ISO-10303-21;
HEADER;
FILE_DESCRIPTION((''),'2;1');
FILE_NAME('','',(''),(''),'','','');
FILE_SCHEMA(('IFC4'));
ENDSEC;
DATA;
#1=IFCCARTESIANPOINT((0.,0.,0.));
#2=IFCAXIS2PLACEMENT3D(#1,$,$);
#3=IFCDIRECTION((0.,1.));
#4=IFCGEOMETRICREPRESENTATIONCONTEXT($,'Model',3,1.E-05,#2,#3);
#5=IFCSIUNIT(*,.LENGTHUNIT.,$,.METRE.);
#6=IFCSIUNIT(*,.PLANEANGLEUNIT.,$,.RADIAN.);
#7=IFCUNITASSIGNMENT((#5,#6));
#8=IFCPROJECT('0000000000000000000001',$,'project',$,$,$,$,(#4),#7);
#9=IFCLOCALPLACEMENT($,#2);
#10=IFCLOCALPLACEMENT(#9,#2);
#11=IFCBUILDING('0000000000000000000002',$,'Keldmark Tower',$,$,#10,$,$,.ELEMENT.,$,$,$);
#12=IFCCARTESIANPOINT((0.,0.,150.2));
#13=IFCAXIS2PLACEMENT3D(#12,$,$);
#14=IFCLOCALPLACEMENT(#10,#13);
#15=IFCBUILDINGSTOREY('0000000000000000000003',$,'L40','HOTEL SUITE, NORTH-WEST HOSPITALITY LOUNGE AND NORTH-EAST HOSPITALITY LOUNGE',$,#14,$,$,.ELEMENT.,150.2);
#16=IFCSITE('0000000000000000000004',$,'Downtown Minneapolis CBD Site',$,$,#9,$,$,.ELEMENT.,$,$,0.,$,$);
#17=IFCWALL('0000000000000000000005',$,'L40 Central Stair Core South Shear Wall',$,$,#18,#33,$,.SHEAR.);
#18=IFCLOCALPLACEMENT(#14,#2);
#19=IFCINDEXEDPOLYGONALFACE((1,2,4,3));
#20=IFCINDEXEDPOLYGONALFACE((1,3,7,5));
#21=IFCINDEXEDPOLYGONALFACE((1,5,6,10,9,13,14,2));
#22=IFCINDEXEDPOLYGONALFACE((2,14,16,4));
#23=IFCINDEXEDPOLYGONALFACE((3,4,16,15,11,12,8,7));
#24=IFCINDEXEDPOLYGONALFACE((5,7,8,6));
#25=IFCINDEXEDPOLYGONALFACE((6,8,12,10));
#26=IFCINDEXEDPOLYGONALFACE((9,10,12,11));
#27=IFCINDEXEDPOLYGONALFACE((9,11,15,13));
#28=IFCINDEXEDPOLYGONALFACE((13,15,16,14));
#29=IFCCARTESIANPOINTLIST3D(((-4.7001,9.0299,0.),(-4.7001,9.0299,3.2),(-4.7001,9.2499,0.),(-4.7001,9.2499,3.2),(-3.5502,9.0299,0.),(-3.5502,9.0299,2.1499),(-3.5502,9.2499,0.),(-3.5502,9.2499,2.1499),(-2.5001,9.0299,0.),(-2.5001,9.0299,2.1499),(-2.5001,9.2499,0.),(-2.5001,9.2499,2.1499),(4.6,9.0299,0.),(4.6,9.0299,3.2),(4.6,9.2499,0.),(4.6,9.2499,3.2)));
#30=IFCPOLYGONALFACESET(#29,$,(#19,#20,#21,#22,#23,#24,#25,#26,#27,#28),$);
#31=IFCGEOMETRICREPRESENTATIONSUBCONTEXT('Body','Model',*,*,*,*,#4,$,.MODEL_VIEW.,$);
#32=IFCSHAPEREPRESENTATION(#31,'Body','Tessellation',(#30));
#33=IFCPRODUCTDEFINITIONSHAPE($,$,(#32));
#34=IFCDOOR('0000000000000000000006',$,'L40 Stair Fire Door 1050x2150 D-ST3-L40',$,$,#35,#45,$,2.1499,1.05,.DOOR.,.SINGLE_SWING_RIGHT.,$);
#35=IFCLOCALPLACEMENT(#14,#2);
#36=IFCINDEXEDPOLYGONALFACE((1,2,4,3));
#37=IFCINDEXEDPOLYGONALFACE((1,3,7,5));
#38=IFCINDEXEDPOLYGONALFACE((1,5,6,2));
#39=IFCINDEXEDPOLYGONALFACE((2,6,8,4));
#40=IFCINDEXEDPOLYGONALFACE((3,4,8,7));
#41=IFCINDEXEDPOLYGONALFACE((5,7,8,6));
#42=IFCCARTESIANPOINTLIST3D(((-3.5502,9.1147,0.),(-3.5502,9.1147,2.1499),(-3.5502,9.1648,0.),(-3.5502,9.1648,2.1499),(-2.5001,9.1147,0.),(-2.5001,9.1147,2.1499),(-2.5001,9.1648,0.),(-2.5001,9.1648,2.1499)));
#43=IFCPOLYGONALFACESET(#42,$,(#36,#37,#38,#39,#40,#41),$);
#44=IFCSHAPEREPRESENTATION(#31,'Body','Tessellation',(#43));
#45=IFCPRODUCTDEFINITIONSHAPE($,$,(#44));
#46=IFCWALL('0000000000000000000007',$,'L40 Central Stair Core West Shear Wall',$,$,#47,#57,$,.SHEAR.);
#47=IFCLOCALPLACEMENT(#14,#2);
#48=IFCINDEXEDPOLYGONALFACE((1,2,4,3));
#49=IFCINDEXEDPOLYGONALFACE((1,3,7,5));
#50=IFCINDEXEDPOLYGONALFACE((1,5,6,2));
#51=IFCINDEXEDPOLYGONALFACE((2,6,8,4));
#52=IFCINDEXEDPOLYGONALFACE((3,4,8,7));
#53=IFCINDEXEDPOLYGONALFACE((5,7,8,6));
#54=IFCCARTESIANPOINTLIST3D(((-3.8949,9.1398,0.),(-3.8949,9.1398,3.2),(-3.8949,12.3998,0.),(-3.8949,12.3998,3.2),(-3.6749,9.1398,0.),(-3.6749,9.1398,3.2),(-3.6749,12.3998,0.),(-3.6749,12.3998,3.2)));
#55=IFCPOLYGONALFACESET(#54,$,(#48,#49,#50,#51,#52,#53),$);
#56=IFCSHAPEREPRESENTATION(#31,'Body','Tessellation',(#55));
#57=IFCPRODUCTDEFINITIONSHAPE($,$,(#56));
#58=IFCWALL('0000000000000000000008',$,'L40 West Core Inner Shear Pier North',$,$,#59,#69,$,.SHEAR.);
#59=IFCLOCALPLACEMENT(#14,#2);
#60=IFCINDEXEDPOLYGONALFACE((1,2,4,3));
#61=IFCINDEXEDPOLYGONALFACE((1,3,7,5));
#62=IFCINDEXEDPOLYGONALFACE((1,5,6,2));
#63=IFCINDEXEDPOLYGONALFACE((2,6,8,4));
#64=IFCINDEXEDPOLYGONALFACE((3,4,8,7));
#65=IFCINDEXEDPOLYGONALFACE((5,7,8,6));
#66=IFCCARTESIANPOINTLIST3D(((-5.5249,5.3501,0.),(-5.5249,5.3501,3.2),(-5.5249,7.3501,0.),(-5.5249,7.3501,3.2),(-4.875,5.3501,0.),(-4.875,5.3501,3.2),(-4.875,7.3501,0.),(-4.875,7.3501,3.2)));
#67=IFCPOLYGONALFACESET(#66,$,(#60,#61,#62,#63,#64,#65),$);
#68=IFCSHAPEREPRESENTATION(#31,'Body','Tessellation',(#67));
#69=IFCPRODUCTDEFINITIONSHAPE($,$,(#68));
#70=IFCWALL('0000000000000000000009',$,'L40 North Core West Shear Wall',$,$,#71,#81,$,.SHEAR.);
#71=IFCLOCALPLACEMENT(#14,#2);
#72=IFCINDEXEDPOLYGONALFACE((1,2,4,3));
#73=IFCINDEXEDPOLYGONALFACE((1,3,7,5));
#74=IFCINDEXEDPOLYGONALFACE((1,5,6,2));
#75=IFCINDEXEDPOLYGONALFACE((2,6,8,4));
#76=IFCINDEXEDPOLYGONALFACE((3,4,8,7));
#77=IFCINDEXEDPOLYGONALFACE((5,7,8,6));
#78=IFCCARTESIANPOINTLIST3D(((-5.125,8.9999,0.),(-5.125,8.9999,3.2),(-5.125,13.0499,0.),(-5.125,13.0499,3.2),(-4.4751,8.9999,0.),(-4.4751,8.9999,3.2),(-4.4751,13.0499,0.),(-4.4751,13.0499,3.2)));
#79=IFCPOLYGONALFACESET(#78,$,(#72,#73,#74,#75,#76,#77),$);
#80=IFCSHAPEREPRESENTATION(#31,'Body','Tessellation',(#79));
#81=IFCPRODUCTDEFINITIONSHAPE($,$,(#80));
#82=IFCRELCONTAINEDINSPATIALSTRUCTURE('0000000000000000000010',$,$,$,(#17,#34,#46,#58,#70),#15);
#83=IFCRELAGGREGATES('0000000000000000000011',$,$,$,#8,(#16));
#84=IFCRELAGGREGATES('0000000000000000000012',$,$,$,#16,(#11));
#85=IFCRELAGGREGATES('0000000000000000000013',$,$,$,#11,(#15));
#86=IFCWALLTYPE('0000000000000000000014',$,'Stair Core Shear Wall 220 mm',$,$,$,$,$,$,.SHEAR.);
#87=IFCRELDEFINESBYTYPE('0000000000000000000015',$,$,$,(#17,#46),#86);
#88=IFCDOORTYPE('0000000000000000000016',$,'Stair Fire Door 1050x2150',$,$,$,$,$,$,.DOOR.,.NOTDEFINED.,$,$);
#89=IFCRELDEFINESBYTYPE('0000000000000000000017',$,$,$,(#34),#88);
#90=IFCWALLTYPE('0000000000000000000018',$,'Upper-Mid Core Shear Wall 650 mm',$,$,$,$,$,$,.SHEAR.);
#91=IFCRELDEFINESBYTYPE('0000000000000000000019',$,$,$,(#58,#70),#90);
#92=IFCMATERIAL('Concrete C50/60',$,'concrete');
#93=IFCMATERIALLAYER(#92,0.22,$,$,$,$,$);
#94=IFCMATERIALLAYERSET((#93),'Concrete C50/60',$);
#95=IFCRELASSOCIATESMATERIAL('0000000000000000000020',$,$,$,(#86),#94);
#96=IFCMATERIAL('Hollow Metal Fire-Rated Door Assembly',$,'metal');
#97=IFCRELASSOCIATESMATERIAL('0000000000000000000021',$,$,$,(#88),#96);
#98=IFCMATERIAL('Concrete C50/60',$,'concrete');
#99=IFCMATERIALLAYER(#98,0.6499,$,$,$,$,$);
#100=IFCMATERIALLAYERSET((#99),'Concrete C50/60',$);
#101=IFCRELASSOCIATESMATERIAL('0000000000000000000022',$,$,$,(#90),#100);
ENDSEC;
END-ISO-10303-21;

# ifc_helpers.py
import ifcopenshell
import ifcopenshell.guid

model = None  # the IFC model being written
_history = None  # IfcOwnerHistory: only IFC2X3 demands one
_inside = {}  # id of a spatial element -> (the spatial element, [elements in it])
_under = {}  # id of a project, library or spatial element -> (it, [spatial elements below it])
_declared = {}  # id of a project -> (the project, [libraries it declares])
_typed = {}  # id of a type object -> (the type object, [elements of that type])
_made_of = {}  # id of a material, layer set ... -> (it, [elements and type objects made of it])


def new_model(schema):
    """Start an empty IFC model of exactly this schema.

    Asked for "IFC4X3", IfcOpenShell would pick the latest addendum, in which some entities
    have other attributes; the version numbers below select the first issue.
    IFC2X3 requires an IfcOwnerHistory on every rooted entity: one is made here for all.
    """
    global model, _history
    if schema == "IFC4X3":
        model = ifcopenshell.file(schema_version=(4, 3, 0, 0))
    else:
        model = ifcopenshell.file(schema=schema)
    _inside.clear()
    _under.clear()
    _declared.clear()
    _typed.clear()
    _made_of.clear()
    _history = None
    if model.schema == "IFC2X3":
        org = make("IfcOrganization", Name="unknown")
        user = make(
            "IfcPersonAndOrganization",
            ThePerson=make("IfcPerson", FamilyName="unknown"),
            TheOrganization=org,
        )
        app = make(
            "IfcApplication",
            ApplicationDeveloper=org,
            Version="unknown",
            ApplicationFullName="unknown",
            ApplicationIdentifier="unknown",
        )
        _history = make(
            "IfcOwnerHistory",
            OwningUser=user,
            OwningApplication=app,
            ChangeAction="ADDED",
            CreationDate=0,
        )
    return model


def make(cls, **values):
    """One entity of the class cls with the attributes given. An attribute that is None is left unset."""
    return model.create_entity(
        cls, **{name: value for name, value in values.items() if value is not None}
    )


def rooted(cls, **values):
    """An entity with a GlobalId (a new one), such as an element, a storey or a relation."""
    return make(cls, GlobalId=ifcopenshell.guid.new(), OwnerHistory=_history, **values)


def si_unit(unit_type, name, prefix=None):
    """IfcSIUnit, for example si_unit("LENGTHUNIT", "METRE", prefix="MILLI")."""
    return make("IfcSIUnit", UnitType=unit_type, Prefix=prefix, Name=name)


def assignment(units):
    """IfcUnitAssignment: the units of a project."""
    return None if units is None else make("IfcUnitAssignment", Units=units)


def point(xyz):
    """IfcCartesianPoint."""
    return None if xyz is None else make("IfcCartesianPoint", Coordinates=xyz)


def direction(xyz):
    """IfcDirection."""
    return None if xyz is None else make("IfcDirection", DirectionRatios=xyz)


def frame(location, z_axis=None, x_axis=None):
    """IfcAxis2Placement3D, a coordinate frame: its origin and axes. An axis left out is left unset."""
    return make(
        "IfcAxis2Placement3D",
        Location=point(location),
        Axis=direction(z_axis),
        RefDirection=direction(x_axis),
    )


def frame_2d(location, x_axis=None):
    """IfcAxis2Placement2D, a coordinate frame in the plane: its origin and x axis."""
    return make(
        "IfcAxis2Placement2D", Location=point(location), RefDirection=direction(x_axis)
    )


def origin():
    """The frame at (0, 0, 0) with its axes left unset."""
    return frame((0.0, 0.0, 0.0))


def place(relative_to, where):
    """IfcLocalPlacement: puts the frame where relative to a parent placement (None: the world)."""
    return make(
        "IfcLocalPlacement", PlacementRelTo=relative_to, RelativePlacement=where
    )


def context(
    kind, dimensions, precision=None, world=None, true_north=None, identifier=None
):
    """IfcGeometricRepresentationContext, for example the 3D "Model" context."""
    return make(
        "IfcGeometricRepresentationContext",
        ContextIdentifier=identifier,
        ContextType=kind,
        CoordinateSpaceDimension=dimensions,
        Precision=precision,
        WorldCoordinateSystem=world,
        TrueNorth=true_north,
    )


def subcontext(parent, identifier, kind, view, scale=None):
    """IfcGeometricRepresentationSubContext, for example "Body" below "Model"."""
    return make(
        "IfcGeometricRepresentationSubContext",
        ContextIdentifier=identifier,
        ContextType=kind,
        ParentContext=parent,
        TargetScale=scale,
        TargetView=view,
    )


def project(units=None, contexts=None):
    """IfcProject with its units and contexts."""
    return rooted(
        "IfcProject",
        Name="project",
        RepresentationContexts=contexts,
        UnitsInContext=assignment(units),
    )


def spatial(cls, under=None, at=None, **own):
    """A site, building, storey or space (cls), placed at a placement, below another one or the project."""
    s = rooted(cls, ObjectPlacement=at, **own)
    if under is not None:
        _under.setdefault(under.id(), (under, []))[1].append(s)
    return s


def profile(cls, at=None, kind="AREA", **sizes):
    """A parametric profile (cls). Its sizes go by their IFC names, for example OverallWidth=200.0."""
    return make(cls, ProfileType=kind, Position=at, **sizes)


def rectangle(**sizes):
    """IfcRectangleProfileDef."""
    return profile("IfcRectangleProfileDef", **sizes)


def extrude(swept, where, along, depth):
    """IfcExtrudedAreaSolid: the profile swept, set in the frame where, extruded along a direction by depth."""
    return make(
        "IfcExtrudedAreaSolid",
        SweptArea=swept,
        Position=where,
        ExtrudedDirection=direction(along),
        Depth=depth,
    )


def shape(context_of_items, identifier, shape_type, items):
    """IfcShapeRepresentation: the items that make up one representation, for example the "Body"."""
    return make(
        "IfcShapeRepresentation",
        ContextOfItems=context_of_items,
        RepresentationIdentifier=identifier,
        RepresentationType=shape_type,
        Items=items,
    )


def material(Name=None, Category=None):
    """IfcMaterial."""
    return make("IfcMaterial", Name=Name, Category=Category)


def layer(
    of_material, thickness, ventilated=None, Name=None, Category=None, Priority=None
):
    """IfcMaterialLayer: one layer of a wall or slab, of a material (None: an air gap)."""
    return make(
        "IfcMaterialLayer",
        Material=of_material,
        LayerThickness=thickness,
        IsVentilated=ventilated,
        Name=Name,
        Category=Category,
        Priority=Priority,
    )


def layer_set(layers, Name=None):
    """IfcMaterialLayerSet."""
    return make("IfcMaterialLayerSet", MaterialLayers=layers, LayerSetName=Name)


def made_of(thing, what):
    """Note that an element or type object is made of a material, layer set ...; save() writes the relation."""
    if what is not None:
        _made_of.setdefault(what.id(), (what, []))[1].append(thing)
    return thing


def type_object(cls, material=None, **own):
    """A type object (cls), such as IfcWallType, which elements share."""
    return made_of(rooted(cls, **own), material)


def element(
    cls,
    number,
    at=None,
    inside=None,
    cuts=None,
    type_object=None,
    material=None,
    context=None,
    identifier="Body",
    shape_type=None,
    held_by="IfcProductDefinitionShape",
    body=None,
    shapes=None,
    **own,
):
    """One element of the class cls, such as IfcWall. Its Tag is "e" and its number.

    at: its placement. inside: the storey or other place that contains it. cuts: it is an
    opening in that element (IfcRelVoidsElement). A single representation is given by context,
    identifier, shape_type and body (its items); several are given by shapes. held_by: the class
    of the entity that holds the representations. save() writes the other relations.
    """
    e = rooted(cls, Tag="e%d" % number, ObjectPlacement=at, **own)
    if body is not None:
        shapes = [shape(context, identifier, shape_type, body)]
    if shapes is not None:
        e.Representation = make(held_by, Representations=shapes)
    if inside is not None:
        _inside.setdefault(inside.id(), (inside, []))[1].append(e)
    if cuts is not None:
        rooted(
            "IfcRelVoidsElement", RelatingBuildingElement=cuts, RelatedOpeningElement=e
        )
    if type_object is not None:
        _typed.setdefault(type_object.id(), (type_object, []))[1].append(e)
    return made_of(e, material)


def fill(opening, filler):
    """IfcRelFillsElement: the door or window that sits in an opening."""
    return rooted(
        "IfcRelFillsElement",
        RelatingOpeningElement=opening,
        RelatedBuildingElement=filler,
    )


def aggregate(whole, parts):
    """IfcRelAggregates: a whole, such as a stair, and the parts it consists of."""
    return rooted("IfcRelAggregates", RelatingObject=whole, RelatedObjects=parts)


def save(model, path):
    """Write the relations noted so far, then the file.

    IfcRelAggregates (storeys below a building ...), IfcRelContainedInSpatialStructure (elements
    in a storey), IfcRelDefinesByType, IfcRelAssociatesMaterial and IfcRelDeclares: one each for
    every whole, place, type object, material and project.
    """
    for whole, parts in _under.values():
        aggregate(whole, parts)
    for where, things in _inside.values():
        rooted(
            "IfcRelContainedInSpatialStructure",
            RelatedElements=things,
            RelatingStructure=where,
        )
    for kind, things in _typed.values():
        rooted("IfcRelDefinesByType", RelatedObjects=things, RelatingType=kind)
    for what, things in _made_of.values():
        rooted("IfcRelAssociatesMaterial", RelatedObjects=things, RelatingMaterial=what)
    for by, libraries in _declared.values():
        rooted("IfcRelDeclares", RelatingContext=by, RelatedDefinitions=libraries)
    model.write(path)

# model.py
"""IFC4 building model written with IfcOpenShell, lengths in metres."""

from ifc_helpers import new_model, si_unit, direction, frame, frame_2d, origin, place, context, subcontext, project, spatial, rectangle, extrude, material, layer, layer_set, type_object, element, fill, save


model = new_model("IFC4")

# Units and contexts
model_context = context("Model", 3, precision=1e-05, world=origin(), true_north=direction((0.0, 1.0)))
body_context = subcontext(model_context, "Body", "Model", "MODEL_VIEW")
ifc_project = project(units=[si_unit("LENGTHUNIT", "METRE"), si_unit("PLANEANGLEUNIT", "RADIAN")], contexts=[model_context])

# Site, building, storey
site_placement = place(None, origin())
site = spatial("IfcSite", under=ifc_project, at=site_placement, Name="Downtown Minneapolis CBD Site", CompositionType="ELEMENT", RefElevation=0.0)
building_placement = place(site_placement, origin())
building = spatial("IfcBuilding", under=site, at=building_placement, Name="Keldmark Tower", CompositionType="ELEMENT")
storey_placement = place(building_placement, frame((0.0, 0.0, 150.2)))
storey = spatial("IfcBuildingStorey", under=building, at=storey_placement, Name="L40", Description="HOTEL SUITE, NORTH-WEST HOSPITALITY LOUNGE AND NORTH-EAST HOSPITALITY LOUNGE", CompositionType="ELEMENT", Elevation=150.2)

# Wall, opening, door
ifc_material_1 = material(Name="Concrete C50/60", Category="concrete")
ifc_layer_1 = layer(ifc_material_1, 0.22)
ifc_layer_set_1 = layer_set([ifc_layer_1], Name="Concrete C50/60")
wall_type_1 = type_object("IfcWallType", Name="Stair Core Shear Wall 220 mm", PredefinedType="SHEAR", material=ifc_layer_set_1)
wall_1_placement = place(storey_placement, frame((-4.7, 9.1399, 0.0), z_axis=(0.0, 0.0, 1.0), x_axis=(1.0, 0.0, 0.0)))
wall_1 = element("IfcWall", 1, at=wall_1_placement, inside=storey, type_object=wall_type_1, Name="L40 Central Stair Core South Shear Wall", PredefinedType="SHEAR", context=body_context, shape_type="SweptSolid", body=[
    extrude(rectangle(XDim=9.3, YDim=0.22, at=frame_2d((4.6499, 0.0))), origin(), (0.0, 0.0, 1.0), 3.2),
])
opening_1_placement = place(wall_1_placement, frame((1.1499, 0.0, 0.0)))
opening_1 = element("IfcOpeningElement", 2, at=opening_1_placement, cuts=wall_1, PredefinedType="OPENING", context=body_context, shape_type="SweptSolid", body=[
    extrude(rectangle(XDim=1.05, YDim=2.1499, at=frame_2d((0.5249, 1.075))), frame((0.0, 0.1199, 0.0), z_axis=(0.0, -1.0, 0.0), x_axis=(1.0, 0.0, 0.0)), (0.0, 0.0, 1.0), 0.24),
])
ifc_material_2 = material(Name="Hollow Metal Fire-Rated Door Assembly", Category="metal")
door_type_1 = type_object("IfcDoorType", Name="Stair Fire Door 1050x2150", OperationType="NOTDEFINED", PredefinedType="DOOR", material=ifc_material_2)
door_1_placement = place(opening_1_placement, origin())
door_1 = element("IfcDoor", 3, at=door_1_placement, inside=storey, type_object=door_type_1, Name="L40 Stair Fire Door 1050x2150 D-ST3-L40", OperationType="SINGLE_SWING_RIGHT", OverallHeight=2.1499, OverallWidth=1.05, PredefinedType="DOOR", context=body_context, shape_type="SweptSolid", body=[
    extrude(rectangle(XDim=1.05, YDim=2.1499, at=frame_2d((0.5249, 1.075))), frame((0.0, 0.0249, 0.0), z_axis=(0.0, -1.0, 0.0), x_axis=(1.0, 0.0, 0.0)), (0.0, 0.0, 1.0), 0.05),
])
fill(opening_1, door_1)

# Wall
wall_2_placement = place(storey_placement, frame((-3.7849, 9.1399, 0.0), z_axis=(0.0, 0.0, 1.0), x_axis=(0.0, 1.0, 0.0)))
element("IfcWall", 4, at=wall_2_placement, inside=storey, type_object=wall_type_1, Name="L40 Central Stair Core West Shear Wall", PredefinedType="SHEAR", context=body_context, shape_type="SweptSolid", body=[
    extrude(rectangle(XDim=3.26, YDim=0.22, at=frame_2d((1.6299, 0.0))), origin(), (0.0, 0.0, 1.0), 3.2),
])

# Shared definitions
ifc_material_3 = material(Name="Concrete C50/60", Category="concrete")
ifc_layer_2 = layer(ifc_material_3, 0.6499)
ifc_layer_set_2 = layer_set([ifc_layer_2], Name="Concrete C50/60")
wall_type_2 = type_object("IfcWallType", Name="Upper-Mid Core Shear Wall 650 mm", PredefinedType="SHEAR", material=ifc_layer_set_2)

# Walls
wall_3_placement = place(storey_placement, frame((-5.2, 5.3501, 0.0), z_axis=(0.0, 0.0, 1.0), x_axis=(0.0, 1.0, 0.0)))
element("IfcWall", 5, at=wall_3_placement, inside=storey, type_object=wall_type_2, Name="L40 West Core Inner Shear Pier North", PredefinedType="SHEAR", context=body_context, shape_type="SweptSolid", body=[
    extrude(rectangle(XDim=2.0, YDim=0.6499, at=frame_2d((1.0, 0.0))), origin(), (0.0, 0.0, 1.0), 3.2),
])
wall_4_placement = place(storey_placement, frame((-4.8, 9.0, 0.0), z_axis=(0.0, 0.0, 1.0), x_axis=(0.0, 1.0, 0.0)))
element("IfcWall", 6, at=wall_4_placement, inside=storey, type_object=wall_type_2, Name="L40 North Core West Shear Wall", PredefinedType="SHEAR", context=body_context, shape_type="SweptSolid", body=[
    extrude(rectangle(XDim=4.05, YDim=0.6499, at=frame_2d((2.0249, 0.0))), origin(), (0.0, 0.0, 1.0), 3.2),
])

save(model, "model.ifc")
